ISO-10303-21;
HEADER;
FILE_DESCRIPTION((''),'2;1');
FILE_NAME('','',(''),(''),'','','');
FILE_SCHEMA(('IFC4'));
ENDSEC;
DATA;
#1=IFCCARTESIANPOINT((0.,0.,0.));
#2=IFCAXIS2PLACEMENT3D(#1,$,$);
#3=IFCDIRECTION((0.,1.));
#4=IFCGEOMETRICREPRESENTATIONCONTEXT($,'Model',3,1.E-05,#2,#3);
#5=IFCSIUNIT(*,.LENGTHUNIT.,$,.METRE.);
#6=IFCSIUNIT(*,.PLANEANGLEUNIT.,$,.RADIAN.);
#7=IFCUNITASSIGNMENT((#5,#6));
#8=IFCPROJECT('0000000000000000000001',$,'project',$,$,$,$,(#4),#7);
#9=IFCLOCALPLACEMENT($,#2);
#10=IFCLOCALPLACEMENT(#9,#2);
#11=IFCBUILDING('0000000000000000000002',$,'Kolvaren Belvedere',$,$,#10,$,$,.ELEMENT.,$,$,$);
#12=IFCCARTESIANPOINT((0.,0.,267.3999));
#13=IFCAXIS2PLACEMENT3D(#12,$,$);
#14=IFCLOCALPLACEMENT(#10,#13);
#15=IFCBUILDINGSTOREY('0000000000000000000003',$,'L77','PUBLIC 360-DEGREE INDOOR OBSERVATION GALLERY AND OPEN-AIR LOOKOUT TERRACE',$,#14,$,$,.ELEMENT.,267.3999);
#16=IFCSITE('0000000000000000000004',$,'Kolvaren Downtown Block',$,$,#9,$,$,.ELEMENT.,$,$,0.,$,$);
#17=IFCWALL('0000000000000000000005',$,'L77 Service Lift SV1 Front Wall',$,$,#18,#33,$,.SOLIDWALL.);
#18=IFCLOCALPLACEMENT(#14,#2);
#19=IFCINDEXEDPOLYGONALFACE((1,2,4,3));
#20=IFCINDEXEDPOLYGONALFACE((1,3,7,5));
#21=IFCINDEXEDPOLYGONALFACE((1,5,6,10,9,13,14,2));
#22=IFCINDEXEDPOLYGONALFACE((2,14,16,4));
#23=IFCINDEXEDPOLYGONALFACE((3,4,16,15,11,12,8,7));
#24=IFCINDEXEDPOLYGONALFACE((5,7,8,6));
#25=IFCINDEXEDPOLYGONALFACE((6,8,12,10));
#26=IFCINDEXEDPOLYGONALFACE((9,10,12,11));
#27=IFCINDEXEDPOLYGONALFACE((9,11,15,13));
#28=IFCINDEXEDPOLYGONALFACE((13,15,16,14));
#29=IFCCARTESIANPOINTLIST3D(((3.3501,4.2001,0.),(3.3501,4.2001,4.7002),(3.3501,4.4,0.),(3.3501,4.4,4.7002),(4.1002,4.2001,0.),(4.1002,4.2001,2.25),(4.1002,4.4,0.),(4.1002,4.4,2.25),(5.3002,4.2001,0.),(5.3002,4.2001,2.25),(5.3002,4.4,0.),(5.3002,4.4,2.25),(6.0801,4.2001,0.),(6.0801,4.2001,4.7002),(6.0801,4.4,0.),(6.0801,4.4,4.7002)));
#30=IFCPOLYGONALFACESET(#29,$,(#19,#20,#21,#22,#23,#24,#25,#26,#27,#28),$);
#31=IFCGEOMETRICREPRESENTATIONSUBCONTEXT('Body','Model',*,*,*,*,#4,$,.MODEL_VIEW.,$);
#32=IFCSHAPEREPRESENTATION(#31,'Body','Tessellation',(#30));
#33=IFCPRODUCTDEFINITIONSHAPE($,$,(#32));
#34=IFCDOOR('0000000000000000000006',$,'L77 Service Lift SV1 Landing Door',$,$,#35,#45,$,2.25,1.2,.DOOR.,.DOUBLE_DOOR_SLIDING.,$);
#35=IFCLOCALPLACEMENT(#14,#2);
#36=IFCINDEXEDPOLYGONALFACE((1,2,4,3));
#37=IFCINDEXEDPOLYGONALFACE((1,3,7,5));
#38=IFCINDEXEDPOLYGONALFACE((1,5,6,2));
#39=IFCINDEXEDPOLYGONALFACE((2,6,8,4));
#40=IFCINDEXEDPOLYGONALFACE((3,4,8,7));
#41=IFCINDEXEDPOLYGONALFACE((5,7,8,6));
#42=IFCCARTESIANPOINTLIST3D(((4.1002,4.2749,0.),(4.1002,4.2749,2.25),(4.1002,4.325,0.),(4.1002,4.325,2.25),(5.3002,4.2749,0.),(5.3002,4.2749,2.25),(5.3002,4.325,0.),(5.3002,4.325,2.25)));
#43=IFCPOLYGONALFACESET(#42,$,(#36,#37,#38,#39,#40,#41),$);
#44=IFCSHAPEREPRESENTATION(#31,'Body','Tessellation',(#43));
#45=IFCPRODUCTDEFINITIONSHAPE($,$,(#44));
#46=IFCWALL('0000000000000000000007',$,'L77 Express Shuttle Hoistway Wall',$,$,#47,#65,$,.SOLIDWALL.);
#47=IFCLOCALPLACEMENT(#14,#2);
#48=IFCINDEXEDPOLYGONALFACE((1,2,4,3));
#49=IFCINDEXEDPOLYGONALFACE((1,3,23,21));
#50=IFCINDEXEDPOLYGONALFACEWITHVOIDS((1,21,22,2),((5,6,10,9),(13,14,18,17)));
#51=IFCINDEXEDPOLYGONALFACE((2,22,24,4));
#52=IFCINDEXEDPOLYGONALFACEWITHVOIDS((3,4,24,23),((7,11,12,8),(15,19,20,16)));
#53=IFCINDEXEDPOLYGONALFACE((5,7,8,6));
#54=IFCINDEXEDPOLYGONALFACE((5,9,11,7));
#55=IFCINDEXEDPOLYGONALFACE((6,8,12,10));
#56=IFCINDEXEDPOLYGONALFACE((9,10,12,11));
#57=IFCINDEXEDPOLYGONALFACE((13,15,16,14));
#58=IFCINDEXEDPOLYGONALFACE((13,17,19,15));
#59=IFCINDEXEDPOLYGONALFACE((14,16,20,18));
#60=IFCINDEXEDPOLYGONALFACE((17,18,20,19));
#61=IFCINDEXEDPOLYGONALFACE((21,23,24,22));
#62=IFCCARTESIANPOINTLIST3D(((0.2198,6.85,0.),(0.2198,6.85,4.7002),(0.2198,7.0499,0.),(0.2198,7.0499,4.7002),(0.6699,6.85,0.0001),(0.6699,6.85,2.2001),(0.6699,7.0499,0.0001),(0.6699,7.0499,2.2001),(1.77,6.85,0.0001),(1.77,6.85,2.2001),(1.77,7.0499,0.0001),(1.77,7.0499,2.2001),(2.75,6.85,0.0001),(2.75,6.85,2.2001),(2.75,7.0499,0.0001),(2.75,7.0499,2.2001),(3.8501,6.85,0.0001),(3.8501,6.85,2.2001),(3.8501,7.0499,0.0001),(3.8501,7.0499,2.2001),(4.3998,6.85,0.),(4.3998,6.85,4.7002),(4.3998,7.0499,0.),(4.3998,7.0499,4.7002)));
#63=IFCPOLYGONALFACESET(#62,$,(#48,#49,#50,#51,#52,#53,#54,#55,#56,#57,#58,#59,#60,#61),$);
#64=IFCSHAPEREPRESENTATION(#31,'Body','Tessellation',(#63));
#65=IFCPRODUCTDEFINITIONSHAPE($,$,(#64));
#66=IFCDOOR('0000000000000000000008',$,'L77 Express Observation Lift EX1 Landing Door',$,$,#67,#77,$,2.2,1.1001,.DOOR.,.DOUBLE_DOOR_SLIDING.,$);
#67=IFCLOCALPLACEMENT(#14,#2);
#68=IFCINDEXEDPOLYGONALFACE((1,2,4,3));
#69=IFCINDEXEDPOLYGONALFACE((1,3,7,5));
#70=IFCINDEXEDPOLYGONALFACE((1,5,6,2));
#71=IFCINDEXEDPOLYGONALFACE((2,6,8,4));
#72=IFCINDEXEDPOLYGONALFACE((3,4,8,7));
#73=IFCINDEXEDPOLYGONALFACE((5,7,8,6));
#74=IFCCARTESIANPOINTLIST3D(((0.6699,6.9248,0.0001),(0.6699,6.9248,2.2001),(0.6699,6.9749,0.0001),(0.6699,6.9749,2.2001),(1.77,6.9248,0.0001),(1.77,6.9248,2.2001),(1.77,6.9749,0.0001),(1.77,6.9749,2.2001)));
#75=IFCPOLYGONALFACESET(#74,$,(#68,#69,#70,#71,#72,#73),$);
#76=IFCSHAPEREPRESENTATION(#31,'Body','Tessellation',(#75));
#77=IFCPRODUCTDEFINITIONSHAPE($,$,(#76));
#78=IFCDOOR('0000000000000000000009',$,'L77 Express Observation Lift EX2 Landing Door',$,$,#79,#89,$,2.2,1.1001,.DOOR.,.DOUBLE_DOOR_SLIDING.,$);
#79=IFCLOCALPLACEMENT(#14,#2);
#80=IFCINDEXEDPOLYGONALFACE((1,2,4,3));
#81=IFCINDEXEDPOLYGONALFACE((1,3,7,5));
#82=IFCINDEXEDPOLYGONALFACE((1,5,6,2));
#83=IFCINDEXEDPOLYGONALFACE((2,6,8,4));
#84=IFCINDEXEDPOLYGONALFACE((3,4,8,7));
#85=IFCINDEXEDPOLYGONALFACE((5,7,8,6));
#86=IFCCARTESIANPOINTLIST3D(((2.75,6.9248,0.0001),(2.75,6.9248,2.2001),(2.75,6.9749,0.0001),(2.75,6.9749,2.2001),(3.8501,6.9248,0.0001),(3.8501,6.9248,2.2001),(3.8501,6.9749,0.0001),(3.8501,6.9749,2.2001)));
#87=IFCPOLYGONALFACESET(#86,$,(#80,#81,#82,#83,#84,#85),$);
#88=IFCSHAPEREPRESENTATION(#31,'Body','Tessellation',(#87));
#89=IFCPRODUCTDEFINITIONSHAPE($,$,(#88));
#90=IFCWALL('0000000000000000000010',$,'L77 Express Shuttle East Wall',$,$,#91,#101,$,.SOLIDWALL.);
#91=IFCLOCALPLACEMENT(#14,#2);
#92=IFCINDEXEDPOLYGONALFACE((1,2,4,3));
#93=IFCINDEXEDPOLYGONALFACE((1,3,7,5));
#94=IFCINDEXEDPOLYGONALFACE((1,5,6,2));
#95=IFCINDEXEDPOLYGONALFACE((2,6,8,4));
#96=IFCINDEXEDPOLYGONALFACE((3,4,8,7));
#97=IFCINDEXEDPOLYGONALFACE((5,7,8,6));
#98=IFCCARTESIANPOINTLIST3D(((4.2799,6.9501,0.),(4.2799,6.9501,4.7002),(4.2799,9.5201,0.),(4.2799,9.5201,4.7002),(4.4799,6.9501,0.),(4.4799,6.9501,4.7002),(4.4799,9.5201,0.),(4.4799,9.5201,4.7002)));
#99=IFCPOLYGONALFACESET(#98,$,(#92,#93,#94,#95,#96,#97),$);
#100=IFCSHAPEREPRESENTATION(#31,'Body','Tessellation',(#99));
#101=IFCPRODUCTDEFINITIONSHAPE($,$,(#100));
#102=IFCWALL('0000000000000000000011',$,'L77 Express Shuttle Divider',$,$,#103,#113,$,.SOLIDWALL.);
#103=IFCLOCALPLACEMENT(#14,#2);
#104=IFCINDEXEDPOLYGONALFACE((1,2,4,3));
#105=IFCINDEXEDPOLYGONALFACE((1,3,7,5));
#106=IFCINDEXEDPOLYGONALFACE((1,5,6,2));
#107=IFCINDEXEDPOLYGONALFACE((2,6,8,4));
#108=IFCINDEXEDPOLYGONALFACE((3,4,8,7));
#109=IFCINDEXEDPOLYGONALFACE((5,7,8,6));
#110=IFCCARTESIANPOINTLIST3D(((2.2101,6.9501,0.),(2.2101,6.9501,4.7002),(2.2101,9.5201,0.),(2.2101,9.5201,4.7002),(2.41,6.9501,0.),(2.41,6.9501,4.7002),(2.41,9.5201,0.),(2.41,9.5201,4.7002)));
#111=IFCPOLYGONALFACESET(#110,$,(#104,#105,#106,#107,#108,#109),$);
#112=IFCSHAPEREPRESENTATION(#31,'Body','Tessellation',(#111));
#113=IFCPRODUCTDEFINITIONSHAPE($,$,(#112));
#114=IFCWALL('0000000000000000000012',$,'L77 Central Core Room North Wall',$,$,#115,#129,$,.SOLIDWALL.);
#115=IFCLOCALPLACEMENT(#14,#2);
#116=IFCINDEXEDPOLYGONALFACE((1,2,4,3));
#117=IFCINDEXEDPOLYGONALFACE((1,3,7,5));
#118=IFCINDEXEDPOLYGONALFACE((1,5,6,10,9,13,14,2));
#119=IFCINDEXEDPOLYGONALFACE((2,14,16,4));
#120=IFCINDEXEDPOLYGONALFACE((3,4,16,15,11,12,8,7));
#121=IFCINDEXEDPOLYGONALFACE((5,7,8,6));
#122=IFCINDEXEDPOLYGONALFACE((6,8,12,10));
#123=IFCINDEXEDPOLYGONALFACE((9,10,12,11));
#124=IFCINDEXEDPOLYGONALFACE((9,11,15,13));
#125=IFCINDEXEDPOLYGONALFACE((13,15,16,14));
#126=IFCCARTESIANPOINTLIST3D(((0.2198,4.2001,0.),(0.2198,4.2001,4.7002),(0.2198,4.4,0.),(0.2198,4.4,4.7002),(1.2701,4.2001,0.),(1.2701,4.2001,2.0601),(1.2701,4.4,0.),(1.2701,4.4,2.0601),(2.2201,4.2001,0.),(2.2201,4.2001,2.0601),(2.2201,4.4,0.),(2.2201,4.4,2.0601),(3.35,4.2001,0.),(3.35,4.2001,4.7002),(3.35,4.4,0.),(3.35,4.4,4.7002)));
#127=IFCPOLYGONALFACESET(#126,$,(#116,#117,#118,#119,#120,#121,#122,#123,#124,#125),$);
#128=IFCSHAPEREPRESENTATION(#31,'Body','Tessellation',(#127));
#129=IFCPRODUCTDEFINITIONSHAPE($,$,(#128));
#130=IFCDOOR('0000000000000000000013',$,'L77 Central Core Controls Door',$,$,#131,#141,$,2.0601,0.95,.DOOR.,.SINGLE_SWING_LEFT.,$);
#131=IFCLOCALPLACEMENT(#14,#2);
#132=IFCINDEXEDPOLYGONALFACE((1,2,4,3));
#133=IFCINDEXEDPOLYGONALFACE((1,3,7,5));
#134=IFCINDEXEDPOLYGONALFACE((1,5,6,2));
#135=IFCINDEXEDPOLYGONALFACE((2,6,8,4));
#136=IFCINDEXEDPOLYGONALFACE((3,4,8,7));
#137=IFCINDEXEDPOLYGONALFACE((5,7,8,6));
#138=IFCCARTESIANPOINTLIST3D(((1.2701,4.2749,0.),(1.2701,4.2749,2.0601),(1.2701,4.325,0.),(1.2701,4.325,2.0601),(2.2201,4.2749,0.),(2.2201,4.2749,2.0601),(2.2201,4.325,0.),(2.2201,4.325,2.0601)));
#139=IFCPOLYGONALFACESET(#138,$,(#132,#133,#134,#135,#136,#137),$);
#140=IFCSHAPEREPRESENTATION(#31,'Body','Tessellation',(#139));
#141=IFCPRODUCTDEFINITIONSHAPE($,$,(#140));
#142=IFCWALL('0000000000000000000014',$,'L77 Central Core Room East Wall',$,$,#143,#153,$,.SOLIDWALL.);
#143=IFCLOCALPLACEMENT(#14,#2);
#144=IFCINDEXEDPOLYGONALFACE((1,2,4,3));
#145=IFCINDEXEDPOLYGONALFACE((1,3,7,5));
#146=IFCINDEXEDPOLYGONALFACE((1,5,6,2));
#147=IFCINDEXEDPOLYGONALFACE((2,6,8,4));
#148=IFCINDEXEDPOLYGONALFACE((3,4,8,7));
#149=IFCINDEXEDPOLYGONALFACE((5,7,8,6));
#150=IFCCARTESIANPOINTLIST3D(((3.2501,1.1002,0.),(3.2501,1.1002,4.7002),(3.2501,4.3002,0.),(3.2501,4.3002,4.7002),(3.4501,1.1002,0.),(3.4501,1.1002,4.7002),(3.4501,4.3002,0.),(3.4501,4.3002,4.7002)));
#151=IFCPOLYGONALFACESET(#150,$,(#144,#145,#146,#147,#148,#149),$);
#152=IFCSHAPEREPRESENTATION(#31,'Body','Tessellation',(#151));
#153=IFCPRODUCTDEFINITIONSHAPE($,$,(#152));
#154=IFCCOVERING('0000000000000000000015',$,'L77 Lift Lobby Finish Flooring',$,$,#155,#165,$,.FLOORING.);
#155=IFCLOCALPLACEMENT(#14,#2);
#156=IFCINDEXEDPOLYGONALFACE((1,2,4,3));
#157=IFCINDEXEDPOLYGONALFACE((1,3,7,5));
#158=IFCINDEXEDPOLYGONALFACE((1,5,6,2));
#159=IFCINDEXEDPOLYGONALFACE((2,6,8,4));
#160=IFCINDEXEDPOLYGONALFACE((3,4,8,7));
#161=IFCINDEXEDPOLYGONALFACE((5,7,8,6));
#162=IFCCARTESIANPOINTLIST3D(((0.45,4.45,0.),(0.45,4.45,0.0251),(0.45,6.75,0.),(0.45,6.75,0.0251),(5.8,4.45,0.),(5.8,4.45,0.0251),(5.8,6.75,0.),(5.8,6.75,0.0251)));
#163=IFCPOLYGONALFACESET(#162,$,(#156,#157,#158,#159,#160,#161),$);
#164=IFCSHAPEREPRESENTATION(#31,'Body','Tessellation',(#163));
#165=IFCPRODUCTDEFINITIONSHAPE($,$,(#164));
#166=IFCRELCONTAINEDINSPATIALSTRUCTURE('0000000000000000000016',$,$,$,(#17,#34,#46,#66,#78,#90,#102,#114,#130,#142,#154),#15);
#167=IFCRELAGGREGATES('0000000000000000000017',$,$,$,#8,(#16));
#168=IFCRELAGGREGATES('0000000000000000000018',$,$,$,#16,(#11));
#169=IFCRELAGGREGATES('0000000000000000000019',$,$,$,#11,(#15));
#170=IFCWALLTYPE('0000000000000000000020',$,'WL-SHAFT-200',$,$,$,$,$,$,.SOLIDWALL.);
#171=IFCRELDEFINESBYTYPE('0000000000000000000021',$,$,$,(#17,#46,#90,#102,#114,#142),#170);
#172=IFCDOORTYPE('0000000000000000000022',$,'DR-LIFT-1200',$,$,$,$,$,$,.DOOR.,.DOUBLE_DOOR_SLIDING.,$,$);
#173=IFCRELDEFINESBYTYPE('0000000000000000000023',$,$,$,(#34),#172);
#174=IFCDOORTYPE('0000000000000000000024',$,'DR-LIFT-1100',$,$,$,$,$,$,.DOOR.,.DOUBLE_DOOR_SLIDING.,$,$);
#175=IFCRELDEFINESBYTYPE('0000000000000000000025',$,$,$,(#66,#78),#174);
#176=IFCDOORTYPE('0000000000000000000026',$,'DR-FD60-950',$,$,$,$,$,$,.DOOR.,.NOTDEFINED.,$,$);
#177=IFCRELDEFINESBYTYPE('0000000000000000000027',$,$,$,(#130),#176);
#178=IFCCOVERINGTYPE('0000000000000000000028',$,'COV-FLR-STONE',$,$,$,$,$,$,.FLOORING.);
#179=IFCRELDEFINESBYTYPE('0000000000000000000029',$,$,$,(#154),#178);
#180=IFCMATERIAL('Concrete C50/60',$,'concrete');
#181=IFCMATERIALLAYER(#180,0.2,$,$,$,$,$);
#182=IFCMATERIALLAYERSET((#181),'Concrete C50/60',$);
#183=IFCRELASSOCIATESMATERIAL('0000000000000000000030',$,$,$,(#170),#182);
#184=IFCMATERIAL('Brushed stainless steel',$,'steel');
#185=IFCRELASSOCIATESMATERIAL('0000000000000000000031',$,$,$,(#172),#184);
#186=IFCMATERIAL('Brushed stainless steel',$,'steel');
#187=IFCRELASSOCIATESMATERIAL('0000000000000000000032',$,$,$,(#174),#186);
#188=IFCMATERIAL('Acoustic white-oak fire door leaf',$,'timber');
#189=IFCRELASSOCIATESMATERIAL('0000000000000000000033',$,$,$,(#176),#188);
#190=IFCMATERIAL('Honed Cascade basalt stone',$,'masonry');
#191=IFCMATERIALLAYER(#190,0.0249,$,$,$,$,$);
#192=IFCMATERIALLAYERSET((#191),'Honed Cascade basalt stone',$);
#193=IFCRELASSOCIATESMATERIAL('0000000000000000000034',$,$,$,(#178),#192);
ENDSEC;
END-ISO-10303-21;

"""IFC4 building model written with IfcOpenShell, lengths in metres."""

from ifc_helpers import new_model, si_unit, direction, frame, frame_2d, origin, place, context, subcontext, project, spatial, polyline, rectangle, outline, extrude, material, layer, layer_set, type_object, element, fill, save


model = new_model("IFC4")

# Units and contexts
model_context = context("Model", 3, precision=1e-05, world=origin(), true_north=direction((0.0, 1.0)))
body_context = subcontext(model_context, "Body", "Model", "MODEL_VIEW")
ifc_project = project(units=[si_unit("LENGTHUNIT", "METRE"), si_unit("PLANEANGLEUNIT", "RADIAN")], contexts=[model_context])

# Site, building, storey
site_placement = place(None, origin())
site = spatial("IfcSite", under=ifc_project, at=site_placement, Name="Kolvaren Downtown Block", CompositionType="ELEMENT", RefElevation=0.0)
building_placement = place(site_placement, origin())
building = spatial("IfcBuilding", under=site, at=building_placement, Name="Kolvaren Belvedere", CompositionType="ELEMENT")
storey_placement = place(building_placement, frame((0.0, 0.0, 267.3999)))
storey = spatial("IfcBuildingStorey", under=building, at=storey_placement, Name="L77", Description="PUBLIC 360-DEGREE INDOOR OBSERVATION GALLERY AND OPEN-AIR LOOKOUT TERRACE", CompositionType="ELEMENT", Elevation=267.3999)

# Shared definitions
ifc_material_1 = material(Name="Concrete C50/60", Category="concrete")
ifc_layer_1 = layer(ifc_material_1, 0.2)
ifc_layer_set_1 = layer_set([ifc_layer_1], Name="Concrete C50/60")
wall_type_1 = type_object("IfcWallType", Name="WL-SHAFT-200", PredefinedType="SOLIDWALL", material=ifc_layer_set_1)

# Wall, opening, door
wall_1_placement = place(storey_placement, frame((3.3501, 4.3, 0.0), z_axis=(0.0, 0.0, 1.0), x_axis=(1.0, 0.0, 0.0)))
wall_1 = element("IfcWall", 1, at=wall_1_placement, inside=storey, type_object=wall_type_1, Name="L77 Service Lift SV1 Front Wall", PredefinedType="SOLIDWALL", context=body_context, shape_type="SweptSolid", body=[
    extrude(rectangle(XDim=2.73, YDim=0.2, at=frame_2d((1.365, 0.0))), origin(), (0.0, 0.0, 1.0), 4.7002),
])
opening_1_placement = place(wall_1_placement, frame((0.75, 0.0, 0.0)))
opening_1 = element("IfcOpeningElement", 2, at=opening_1_placement, cuts=wall_1, PredefinedType="OPENING", context=body_context, shape_type="SweptSolid", body=[
    extrude(rectangle(XDim=1.2, YDim=2.25, at=frame_2d((0.6001, 1.125))), frame((0.0, 0.1099, 0.0), z_axis=(0.0, -1.0, 0.0), x_axis=(1.0, 0.0, 0.0)), (0.0, 0.0, 1.0), 0.22),
])
ifc_material_2 = material(Name="Brushed stainless steel", Category="steel")
door_type_1 = type_object("IfcDoorType", Name="DR-LIFT-1200", OperationType="DOUBLE_DOOR_SLIDING", PredefinedType="DOOR", material=ifc_material_2)
door_1_placement = place(opening_1_placement, origin())
door_1 = element("IfcDoor", 3, at=door_1_placement, inside=storey, type_object=door_type_1, Name="L77 Service Lift SV1 Landing Door", OperationType="DOUBLE_DOOR_SLIDING", OverallHeight=2.25, OverallWidth=1.2, PredefinedType="DOOR", context=body_context, shape_type="SweptSolid", body=[
    extrude(rectangle(XDim=1.2, YDim=2.25, at=frame_2d((0.6001, 1.125))), frame((0.0, 0.0249, 0.0), z_axis=(0.0, -1.0, 0.0), x_axis=(1.0, 0.0, 0.0)), (0.0, 0.0, 1.0), 0.05),
])
fill(opening_1, door_1)

# Wall, openings, doors
wall_2_placement = place(storey_placement, frame((0.22, 6.95, 0.0), z_axis=(0.0, 0.0, 1.0), x_axis=(1.0, 0.0, 0.0)))
wall_2 = element("IfcWall", 4, at=wall_2_placement, inside=storey, type_object=wall_type_1, Name="L77 Express Shuttle Hoistway Wall", PredefinedType="SOLIDWALL", context=body_context, shape_type="SweptSolid", body=[
    extrude(rectangle(XDim=4.1799, YDim=0.2, at=frame_2d((2.0898, 0.0))), origin(), (0.0, 0.0, 1.0), 4.7002),
])
opening_2_placement = place(wall_2_placement, frame((0.45, 0.0, 0.0)))
opening_2 = element("IfcOpeningElement", 5, at=opening_2_placement, cuts=wall_2, PredefinedType="OPENING", context=body_context, shape_type="SweptSolid", body=[
    extrude(rectangle(XDim=1.1001, YDim=2.2, at=frame_2d((0.55, 1.1001))), frame((0.0, 0.1099, 0.0), z_axis=(0.0, -1.0, 0.0), x_axis=(1.0, 0.0, 0.0)), (0.0, 0.0, 1.0), 0.22),
])
opening_3_placement = place(wall_2_placement, frame((2.53, 0.0, 0.0)))
opening_3 = element("IfcOpeningElement", 6, at=opening_3_placement, cuts=wall_2, PredefinedType="OPENING", context=body_context, shape_type="SweptSolid", body=[
    extrude(rectangle(XDim=1.1001, YDim=2.2, at=frame_2d((0.55, 1.1001))), frame((0.0, 0.1099, 0.0), z_axis=(0.0, -1.0, 0.0), x_axis=(1.0, 0.0, 0.0)), (0.0, 0.0, 1.0), 0.22),
])
ifc_material_3 = material(Name="Brushed stainless steel", Category="steel")
door_type_2 = type_object("IfcDoorType", Name="DR-LIFT-1100", OperationType="DOUBLE_DOOR_SLIDING", PredefinedType="DOOR", material=ifc_material_3)
door_2_placement = place(opening_2_placement, origin())
door_2 = element("IfcDoor", 7, at=door_2_placement, inside=storey, type_object=door_type_2, Name="L77 Express Observation Lift EX1 Landing Door", OperationType="DOUBLE_DOOR_SLIDING", OverallHeight=2.2, OverallWidth=1.1001, PredefinedType="DOOR", context=body_context, shape_type="SweptSolid", body=[
    extrude(rectangle(XDim=1.1001, YDim=2.2, at=frame_2d((0.55, 1.1001))), frame((0.0, 0.0249, 0.0), z_axis=(0.0, -1.0, 0.0), x_axis=(1.0, 0.0, 0.0)), (0.0, 0.0, 1.0), 0.05),
])
fill(opening_2, door_2)
door_3_placement = place(opening_3_placement, origin())
door_3 = element("IfcDoor", 8, at=door_3_placement, inside=storey, type_object=door_type_2, Name="L77 Express Observation Lift EX2 Landing Door", OperationType="DOUBLE_DOOR_SLIDING", OverallHeight=2.2, OverallWidth=1.1001, PredefinedType="DOOR", context=body_context, shape_type="SweptSolid", body=[
    extrude(rectangle(XDim=1.1001, YDim=2.2, at=frame_2d((0.55, 1.1001))), frame((0.0, 0.0249, 0.0), z_axis=(0.0, -1.0, 0.0), x_axis=(1.0, 0.0, 0.0)), (0.0, 0.0, 1.0), 0.05),
])
fill(opening_3, door_3)

# Walls
for number, where, z_axis, x_axis, name in (
    (9, (4.3799, 6.95, 0.0), (0.0, 0.0, 1.0), (0.0, 1.0, 0.0), "L77 Express Shuttle East Wall"),
    (10, (2.3101, 6.95, 0.0), (0.0, 0.0, 1.0), (0.0, 1.0, 0.0), "L77 Express Shuttle Divider"),
):
    element("IfcWall", number, at=place(storey_placement, frame(where, z_axis=z_axis, x_axis=x_axis)), inside=storey, type_object=wall_type_1, Name=name, PredefinedType="SOLIDWALL", context=body_context, shape_type="SweptSolid", body=[
        extrude(rectangle(XDim=2.5701, YDim=0.2, at=frame_2d((1.2852, 0.0))), origin(), (0.0, 0.0, 1.0), 4.7002),
    ])

# Wall, opening, door
wall_3_placement = place(storey_placement, frame((0.22, 4.3, 0.0), z_axis=(0.0, 0.0, 1.0), x_axis=(1.0, 0.0, 0.0)))
wall_3 = element("IfcWall", 11, at=wall_3_placement, inside=storey, type_object=wall_type_1, Name="L77 Central Core Room North Wall", PredefinedType="SOLIDWALL", context=body_context, shape_type="SweptSolid", body=[
    extrude(rectangle(XDim=3.1301, YDim=0.2, at=frame_2d((1.5649, 0.0))), origin(), (0.0, 0.0, 1.0), 4.7002),
])
opening_4_placement = place(wall_3_placement, frame((1.05, 0.0, 0.0)))
opening_4 = element("IfcOpeningElement", 12, at=opening_4_placement, cuts=wall_3, PredefinedType="OPENING", context=body_context, shape_type="SweptSolid", body=[
    extrude(rectangle(XDim=0.95, YDim=2.0601, at=frame_2d((0.4751, 1.03))), frame((0.0, 0.1099, 0.0), z_axis=(0.0, -1.0, 0.0), x_axis=(1.0, 0.0, 0.0)), (0.0, 0.0, 1.0), 0.22),
])
ifc_material_4 = material(Name="Acoustic white-oak fire door leaf", Category="timber")
door_type_3 = type_object("IfcDoorType", Name="DR-FD60-950", OperationType="NOTDEFINED", PredefinedType="DOOR", material=ifc_material_4)
door_4_placement = place(opening_4_placement, origin())
door_4 = element("IfcDoor", 13, at=door_4_placement, inside=storey, type_object=door_type_3, Name="L77 Central Core Controls Door", OperationType="SINGLE_SWING_LEFT", OverallHeight=2.0601, OverallWidth=0.95, PredefinedType="DOOR", context=body_context, shape_type="SweptSolid", body=[
    extrude(rectangle(XDim=0.95, YDim=2.0601, at=frame_2d((0.4751, 1.03))), frame((0.0, 0.0249, 0.0), z_axis=(0.0, -1.0, 0.0), x_axis=(1.0, 0.0, 0.0)), (0.0, 0.0, 1.0), 0.05),
])
fill(opening_4, door_4)

# Wall
wall_4_placement = place(storey_placement, frame((3.3501, 1.1001, 0.0), z_axis=(0.0, 0.0, 1.0), x_axis=(0.0, 1.0, 0.0)))
element("IfcWall", 14, at=wall_4_placement, inside=storey, type_object=wall_type_1, Name="L77 Central Core Room East Wall", PredefinedType="SOLIDWALL", context=body_context, shape_type="SweptSolid", body=[
    extrude(rectangle(XDim=3.2, YDim=0.2, at=frame_2d((1.6001, 0.0))), origin(), (0.0, 0.0, 1.0), 4.7002),
])

# Covering
ifc_material_5 = material(Name="Honed Cascade basalt stone", Category="masonry")
ifc_layer_2 = layer(ifc_material_5, 0.0249)
ifc_layer_set_2 = layer_set([ifc_layer_2], Name="Honed Cascade basalt stone")
covering_type = type_object("IfcCoveringType", Name="COV-FLR-STONE", PredefinedType="FLOORING", material=ifc_layer_set_2)
covering_placement = place(storey_placement, origin())
element("IfcCovering", 15, at=covering_placement, inside=storey, type_object=covering_type, Name="L77 Lift Lobby Finish Flooring", PredefinedType="FLOORING", context=body_context, shape_type="SweptSolid", body=[
    extrude(outline(polyline([(0.45, 4.45), (5.8, 4.45), (5.8, 6.75), (0.45, 6.75), (0.45, 4.45)])), origin(), (0.0, 0.0, 1.0), 0.0251),
])

save(model, "model.ifc")
